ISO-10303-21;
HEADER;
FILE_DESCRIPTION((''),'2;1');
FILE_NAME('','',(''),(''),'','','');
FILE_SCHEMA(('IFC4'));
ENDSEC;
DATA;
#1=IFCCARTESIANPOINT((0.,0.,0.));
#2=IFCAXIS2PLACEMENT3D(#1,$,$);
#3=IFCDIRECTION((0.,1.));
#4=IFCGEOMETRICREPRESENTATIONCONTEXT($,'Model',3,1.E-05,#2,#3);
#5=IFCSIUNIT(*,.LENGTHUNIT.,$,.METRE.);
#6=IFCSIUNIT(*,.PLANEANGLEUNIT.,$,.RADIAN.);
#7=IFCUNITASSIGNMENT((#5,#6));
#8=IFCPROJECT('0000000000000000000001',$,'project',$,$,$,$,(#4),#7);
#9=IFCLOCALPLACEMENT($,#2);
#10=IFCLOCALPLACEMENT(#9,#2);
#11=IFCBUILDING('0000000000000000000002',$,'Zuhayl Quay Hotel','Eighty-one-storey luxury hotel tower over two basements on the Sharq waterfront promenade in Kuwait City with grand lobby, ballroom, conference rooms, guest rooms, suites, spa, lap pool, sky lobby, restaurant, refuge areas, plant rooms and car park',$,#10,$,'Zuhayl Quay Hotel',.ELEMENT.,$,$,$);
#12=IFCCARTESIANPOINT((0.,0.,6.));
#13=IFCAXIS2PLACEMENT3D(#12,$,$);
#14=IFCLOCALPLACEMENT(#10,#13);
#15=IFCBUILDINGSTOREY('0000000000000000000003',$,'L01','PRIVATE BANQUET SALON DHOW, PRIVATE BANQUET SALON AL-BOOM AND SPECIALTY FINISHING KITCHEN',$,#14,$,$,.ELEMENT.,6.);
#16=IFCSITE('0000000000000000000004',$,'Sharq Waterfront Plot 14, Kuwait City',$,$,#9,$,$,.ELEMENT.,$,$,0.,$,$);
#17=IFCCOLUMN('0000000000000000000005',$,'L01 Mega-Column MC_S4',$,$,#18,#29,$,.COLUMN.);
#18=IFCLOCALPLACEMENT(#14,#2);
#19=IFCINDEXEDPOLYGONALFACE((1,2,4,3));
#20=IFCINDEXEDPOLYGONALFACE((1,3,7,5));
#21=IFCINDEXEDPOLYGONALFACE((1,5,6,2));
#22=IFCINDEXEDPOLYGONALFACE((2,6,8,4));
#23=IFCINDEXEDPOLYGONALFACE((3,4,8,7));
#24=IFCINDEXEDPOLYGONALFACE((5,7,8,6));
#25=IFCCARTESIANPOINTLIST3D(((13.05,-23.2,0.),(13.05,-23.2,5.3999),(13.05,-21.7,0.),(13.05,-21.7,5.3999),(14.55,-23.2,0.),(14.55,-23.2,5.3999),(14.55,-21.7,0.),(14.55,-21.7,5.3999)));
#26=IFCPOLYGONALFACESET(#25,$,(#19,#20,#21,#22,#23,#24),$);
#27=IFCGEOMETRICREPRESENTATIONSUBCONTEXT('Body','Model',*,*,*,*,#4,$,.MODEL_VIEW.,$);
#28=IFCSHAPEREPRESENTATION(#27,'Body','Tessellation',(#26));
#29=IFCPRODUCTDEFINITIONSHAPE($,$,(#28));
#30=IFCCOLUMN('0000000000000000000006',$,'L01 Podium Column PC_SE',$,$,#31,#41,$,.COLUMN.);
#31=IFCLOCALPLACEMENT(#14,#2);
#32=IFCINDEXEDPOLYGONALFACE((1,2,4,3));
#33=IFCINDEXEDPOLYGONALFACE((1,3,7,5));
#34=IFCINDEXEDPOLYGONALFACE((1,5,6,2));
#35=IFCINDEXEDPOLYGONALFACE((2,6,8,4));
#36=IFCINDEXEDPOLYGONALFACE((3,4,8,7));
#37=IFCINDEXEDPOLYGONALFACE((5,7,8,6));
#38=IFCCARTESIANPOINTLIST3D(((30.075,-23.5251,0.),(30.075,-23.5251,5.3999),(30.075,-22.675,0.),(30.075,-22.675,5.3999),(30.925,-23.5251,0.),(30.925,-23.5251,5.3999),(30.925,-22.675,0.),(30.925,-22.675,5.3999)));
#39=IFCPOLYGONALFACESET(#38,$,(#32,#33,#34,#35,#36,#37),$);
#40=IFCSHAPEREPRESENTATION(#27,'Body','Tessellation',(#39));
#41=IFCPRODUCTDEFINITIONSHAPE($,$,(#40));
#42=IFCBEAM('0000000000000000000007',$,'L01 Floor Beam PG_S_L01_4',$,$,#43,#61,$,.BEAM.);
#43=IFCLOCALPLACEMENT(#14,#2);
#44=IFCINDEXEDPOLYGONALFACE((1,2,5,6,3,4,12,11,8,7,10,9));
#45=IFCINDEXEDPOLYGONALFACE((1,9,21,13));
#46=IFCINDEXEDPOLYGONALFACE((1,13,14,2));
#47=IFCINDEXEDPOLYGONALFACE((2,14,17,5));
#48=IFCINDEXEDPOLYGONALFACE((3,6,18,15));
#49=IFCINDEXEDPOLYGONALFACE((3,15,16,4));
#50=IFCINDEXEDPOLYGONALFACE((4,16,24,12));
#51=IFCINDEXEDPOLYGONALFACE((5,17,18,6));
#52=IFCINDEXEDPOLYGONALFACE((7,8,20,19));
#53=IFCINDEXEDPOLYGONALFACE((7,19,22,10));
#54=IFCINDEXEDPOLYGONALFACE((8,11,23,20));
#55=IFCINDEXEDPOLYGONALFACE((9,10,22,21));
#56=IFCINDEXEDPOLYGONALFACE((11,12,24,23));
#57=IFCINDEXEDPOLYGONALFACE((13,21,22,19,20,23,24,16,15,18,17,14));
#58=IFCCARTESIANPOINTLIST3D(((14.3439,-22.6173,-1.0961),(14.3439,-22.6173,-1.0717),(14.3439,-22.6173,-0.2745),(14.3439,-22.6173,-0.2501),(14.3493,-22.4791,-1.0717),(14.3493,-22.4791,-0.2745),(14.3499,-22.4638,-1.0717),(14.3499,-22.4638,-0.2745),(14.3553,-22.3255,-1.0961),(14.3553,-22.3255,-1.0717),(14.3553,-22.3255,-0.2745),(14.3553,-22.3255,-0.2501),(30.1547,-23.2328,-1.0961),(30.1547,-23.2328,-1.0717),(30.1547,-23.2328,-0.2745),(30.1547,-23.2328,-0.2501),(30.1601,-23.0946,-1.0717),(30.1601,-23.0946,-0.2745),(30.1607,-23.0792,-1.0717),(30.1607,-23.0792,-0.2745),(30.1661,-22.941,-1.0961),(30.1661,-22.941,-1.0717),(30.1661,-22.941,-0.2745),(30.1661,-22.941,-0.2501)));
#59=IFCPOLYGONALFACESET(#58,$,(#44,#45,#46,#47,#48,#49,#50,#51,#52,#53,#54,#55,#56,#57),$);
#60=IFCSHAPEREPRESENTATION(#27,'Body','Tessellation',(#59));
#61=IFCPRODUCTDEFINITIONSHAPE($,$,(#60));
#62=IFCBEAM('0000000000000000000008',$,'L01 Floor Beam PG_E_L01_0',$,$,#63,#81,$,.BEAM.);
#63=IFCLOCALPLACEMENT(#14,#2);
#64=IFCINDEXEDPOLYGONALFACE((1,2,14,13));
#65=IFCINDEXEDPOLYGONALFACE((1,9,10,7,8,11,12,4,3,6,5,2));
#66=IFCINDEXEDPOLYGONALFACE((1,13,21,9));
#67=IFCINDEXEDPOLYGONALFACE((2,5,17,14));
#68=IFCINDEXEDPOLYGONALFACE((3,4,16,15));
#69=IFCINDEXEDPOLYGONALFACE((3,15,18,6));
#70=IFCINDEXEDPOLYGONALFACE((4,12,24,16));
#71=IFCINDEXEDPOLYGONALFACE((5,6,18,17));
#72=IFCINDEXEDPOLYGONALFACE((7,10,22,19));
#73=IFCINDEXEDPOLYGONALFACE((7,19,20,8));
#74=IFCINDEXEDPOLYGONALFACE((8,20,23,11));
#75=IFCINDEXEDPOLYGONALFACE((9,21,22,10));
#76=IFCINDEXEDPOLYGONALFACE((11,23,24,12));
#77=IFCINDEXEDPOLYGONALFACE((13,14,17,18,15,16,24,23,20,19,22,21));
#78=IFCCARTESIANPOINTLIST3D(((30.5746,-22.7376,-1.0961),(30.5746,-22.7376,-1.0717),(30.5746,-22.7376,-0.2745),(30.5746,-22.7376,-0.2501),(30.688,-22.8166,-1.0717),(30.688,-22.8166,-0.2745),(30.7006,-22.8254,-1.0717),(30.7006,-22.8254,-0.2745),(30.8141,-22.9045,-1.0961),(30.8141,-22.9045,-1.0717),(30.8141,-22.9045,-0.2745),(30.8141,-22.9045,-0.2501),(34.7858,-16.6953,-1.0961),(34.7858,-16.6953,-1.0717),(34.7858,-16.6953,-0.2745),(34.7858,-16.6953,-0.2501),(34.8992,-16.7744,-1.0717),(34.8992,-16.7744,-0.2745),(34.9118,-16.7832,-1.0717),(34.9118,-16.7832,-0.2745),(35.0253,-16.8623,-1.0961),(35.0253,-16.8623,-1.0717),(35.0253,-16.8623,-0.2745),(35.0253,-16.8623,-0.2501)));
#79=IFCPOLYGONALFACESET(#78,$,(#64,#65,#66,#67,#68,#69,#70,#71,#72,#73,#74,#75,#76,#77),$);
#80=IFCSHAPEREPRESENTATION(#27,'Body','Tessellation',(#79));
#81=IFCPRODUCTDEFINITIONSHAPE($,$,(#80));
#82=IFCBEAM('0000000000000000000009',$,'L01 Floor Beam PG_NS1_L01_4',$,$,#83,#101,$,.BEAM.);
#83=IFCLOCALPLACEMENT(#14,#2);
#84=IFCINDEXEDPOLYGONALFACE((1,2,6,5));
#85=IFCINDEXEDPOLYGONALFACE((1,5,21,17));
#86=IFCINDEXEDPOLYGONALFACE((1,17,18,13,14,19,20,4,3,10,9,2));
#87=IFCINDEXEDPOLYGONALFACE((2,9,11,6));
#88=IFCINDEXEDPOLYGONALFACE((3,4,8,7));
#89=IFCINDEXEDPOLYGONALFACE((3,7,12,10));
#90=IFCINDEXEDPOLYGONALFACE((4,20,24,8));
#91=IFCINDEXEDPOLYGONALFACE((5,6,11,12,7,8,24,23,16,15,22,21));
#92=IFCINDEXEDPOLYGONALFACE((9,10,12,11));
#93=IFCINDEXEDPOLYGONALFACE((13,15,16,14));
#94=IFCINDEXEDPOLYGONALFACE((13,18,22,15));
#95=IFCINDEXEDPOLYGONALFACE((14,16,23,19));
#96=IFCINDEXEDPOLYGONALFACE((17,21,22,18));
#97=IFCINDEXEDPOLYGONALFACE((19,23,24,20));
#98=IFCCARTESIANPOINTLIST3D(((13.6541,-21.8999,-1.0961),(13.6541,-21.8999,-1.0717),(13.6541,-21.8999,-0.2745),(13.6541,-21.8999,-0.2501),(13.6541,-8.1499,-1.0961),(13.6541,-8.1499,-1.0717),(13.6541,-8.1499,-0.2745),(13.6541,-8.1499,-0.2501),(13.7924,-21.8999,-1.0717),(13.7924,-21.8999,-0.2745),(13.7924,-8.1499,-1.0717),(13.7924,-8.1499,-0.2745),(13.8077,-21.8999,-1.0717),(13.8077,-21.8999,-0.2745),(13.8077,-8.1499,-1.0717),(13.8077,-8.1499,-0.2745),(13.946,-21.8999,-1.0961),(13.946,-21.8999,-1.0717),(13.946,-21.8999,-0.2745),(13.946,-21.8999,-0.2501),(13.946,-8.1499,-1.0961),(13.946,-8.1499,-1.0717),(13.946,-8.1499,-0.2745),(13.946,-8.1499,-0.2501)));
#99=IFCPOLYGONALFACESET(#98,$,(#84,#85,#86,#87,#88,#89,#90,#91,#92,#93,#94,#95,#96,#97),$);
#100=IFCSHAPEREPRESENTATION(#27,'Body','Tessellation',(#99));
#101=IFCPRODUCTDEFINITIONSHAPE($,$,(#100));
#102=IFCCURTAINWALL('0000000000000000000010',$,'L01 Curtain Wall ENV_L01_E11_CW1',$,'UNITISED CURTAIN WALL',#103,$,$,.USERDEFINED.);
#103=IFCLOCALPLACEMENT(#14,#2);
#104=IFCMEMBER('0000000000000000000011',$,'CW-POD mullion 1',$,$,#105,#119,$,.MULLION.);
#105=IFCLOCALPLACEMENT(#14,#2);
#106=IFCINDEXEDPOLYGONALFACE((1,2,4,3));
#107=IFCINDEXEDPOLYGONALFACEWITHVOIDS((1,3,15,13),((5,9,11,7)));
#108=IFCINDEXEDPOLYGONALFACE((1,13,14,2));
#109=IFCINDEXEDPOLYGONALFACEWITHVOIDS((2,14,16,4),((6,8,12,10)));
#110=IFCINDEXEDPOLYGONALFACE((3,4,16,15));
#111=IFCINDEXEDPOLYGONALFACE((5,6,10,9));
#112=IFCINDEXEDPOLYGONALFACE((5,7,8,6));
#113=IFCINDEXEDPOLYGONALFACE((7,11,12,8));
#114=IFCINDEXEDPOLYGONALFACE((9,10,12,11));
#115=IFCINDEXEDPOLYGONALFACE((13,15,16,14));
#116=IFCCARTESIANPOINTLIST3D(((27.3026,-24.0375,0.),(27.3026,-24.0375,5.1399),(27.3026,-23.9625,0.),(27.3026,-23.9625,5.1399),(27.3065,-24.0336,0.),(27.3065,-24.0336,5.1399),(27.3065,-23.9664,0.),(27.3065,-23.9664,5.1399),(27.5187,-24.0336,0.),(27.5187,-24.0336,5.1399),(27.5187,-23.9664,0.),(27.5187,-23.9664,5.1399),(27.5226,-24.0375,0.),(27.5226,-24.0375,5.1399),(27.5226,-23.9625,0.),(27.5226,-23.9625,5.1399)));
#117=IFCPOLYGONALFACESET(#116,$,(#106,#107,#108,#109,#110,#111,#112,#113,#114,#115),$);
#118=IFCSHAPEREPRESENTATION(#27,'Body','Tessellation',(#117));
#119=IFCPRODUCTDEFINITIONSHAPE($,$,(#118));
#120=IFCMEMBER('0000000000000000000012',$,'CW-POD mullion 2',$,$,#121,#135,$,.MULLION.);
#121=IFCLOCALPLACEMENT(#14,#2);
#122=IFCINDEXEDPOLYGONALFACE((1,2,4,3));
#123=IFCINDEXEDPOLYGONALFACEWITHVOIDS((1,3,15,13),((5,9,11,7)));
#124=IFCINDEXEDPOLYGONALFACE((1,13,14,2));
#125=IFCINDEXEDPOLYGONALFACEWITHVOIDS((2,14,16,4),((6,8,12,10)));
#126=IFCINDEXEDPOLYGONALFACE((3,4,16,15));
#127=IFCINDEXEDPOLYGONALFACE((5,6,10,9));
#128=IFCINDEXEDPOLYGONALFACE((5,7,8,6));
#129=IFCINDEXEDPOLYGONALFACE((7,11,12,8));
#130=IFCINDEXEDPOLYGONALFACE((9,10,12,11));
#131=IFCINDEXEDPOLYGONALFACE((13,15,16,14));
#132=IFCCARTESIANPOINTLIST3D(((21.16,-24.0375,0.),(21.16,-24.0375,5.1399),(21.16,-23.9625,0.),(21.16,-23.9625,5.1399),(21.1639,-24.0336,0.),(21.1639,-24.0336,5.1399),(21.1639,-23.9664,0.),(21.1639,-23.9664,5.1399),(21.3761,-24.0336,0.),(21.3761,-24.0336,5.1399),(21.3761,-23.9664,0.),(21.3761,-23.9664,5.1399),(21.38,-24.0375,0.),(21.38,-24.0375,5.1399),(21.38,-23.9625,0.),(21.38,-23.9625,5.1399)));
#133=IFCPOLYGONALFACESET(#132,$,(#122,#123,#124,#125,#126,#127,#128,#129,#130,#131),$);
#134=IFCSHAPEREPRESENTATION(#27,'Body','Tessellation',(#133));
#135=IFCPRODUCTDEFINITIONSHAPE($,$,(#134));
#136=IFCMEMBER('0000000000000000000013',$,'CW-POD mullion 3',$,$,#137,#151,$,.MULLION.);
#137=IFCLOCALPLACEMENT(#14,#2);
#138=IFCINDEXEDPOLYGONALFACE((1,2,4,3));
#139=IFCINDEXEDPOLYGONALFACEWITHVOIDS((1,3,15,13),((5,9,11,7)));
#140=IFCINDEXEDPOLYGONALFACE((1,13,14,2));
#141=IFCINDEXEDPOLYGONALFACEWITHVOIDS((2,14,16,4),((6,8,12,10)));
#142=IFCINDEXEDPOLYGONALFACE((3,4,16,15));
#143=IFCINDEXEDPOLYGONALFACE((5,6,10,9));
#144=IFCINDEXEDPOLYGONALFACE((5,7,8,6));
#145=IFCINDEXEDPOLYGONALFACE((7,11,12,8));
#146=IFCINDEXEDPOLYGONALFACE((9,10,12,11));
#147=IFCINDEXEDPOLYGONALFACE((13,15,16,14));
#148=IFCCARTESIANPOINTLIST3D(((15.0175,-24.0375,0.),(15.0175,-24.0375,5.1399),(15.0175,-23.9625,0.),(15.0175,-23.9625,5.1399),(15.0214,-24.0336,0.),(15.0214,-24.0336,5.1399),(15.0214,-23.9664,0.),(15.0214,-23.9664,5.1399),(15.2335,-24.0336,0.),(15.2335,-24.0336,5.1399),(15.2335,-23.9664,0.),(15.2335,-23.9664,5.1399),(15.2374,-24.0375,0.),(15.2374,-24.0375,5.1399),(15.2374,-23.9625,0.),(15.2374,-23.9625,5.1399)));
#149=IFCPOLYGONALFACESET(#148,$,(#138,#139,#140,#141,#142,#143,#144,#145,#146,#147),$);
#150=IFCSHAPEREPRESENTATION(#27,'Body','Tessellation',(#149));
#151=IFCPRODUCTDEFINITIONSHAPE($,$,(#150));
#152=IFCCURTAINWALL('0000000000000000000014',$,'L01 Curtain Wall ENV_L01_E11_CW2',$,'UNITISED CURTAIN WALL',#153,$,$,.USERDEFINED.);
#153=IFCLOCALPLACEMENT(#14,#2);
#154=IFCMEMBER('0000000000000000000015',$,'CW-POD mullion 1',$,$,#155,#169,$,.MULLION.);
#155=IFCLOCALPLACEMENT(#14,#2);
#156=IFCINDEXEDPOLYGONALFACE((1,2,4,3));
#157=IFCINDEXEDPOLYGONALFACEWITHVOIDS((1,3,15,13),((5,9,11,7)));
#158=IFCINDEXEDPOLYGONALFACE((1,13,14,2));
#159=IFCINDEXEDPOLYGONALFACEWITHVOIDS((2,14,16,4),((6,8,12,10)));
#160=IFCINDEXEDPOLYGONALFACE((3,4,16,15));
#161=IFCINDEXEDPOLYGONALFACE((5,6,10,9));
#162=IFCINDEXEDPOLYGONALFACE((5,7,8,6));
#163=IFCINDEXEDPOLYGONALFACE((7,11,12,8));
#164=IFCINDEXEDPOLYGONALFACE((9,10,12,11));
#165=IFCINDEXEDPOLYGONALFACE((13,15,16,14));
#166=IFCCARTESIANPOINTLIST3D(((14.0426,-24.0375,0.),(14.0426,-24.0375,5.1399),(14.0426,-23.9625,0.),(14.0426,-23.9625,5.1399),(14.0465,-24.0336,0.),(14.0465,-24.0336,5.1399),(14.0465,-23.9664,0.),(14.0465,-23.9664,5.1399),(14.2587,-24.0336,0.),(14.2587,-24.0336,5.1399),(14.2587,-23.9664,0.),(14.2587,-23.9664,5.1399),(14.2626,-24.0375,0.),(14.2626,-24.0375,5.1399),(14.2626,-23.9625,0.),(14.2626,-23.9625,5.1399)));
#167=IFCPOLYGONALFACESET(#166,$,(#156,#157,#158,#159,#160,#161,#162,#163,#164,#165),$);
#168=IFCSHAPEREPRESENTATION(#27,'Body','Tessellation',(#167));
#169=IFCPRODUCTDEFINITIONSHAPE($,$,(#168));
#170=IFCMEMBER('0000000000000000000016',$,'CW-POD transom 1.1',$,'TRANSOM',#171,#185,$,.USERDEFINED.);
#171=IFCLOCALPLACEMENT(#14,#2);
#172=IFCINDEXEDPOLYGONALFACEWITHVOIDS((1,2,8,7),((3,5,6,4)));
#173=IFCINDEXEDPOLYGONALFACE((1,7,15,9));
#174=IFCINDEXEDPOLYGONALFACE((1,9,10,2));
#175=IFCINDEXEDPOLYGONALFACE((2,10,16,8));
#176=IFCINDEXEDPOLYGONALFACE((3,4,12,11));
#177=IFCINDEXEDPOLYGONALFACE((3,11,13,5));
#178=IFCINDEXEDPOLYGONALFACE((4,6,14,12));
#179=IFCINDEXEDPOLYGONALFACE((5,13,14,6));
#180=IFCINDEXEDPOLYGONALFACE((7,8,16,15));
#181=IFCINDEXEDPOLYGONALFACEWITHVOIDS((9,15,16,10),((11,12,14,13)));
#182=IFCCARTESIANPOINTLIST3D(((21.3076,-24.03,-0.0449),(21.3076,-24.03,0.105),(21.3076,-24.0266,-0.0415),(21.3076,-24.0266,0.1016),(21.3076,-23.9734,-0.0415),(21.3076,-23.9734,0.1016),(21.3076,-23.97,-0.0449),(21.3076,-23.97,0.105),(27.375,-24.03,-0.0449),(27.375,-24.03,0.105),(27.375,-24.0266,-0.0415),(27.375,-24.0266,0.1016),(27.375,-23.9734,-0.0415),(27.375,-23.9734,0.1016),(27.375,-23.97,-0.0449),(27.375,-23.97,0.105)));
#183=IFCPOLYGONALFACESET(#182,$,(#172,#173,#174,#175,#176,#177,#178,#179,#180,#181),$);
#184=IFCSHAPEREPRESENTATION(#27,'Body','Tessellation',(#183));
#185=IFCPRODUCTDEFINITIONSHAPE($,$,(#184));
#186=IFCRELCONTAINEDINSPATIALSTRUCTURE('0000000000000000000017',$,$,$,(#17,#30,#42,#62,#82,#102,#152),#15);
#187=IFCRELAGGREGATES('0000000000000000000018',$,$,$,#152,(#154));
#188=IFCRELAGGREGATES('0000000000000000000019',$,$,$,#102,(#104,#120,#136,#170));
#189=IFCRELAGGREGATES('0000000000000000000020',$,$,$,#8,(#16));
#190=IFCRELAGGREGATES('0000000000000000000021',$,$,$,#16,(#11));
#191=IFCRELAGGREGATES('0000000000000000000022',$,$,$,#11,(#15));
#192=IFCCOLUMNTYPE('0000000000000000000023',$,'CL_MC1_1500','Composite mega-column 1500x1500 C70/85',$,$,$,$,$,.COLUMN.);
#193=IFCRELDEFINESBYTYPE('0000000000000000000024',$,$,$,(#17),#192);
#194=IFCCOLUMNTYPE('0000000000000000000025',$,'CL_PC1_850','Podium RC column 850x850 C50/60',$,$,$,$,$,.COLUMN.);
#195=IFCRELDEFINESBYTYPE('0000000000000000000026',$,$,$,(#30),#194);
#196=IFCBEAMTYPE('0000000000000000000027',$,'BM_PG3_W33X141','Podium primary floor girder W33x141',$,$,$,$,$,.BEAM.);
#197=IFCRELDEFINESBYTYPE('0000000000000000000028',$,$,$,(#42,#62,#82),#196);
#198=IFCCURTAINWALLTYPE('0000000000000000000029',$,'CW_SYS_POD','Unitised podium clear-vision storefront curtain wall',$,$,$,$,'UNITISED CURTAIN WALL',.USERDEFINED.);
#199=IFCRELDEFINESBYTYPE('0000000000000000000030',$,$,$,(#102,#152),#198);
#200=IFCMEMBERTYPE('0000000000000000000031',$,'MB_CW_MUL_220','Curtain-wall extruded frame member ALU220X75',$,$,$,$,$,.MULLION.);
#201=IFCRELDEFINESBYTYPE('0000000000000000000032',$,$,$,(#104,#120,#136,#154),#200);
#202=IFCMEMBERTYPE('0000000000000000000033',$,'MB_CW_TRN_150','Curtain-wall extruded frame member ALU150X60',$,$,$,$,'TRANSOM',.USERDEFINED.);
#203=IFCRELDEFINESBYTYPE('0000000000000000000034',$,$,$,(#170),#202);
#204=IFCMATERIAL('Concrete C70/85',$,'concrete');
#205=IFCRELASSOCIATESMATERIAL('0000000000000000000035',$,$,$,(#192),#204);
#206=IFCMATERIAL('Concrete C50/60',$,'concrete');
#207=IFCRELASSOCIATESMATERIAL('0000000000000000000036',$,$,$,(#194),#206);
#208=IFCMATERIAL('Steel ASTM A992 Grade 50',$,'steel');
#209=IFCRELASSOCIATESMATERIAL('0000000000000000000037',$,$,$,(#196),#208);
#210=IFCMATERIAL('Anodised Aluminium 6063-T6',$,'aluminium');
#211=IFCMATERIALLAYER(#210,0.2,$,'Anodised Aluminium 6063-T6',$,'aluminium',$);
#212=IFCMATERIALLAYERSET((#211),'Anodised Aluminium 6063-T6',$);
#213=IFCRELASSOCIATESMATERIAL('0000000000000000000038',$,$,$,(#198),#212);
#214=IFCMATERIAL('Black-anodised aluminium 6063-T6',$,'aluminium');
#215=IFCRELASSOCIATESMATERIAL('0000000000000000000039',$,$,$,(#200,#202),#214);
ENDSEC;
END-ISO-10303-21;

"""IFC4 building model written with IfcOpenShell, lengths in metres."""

from ifc_helpers import new_model, si_unit, direction, frame, origin, origin_2d, place, context, subcontext, project, spatial, rectangle, hollow_rectangle, i_section, extrude, material, layer, layer_set, material_profile, profile_set, type_object, element, aggregate, save


model = new_model("IFC4")

# Units and contexts
model_context = context("Model", 3, precision=1e-05, world=origin(), true_north=direction((0.0, 1.0)))
body_context = subcontext(model_context, "Body", "Model", "MODEL_VIEW")
ifc_project = project(units=[si_unit("LENGTHUNIT", "METRE"), si_unit("PLANEANGLEUNIT", "RADIAN")], contexts=[model_context])

# Site, building, storey
site_placement = place(None, origin())
site = spatial("IfcSite", under=ifc_project, at=site_placement, Name="Sharq Waterfront Plot 14, Kuwait City", CompositionType="ELEMENT", RefElevation=0.0)
building_placement = place(site_placement, origin())
building = spatial("IfcBuilding", under=site, at=building_placement, Name="Zuhayl Quay Hotel", Description="Eighty-one-storey luxury hotel tower over two basements on the Sharq waterfront promenade in Kuwait City with grand lobby, ballroom, conference rooms, guest rooms, suites, spa, lap pool, sky lobby, restaurant, refuge areas, plant rooms and car park", LongName="Zuhayl Quay Hotel", CompositionType="ELEMENT")
storey_placement = place(building_placement, frame((0.0, 0.0, 6.0)))
storey = spatial("IfcBuildingStorey", under=building, at=storey_placement, Name="L01", Description="PRIVATE BANQUET SALON DHOW, PRIVATE BANQUET SALON AL-BOOM AND SPECIALTY FINISHING KITCHEN", CompositionType="ELEMENT", Elevation=6.0)

# Columns
ifc_material_1 = material(Name="Concrete C70/85", Category="concrete")
ifc_material_profile_1 = material_profile(ifc_material_1, rectangle(XDim=1.5, YDim=1.5, at=origin_2d()), Name="RC1500X1500")
ifc_profile_set_1 = profile_set([ifc_material_profile_1], Name="Concrete C70/85")
column_type_1 = type_object("IfcColumnType", Name="CL_MC1_1500", Description="Composite mega-column 1500x1500 C70/85", PredefinedType="COLUMN", material=ifc_profile_set_1)
column_1_placement = place(storey_placement, frame((13.8, -22.45, 0.0), z_axis=(0.0, 0.0, 1.0), x_axis=(1.0, 0.0, 0.0)))
element("IfcColumn", 1, at=column_1_placement, inside=storey, type_object=column_type_1, Name="L01 Mega-Column MC_S4", PredefinedType="COLUMN", context=body_context, shape_type="SweptSolid", body=[
    extrude(rectangle(XDim=1.5, YDim=1.5, at=origin_2d()), origin(), (0.0, 0.0, 1.0), 5.3999),
])
ifc_material_2 = material(Name="Concrete C50/60", Category="concrete")
ifc_material_profile_2 = material_profile(ifc_material_2, rectangle(XDim=0.8501, YDim=0.8501, at=origin_2d()), Name="RC850X850")
ifc_profile_set_2 = profile_set([ifc_material_profile_2], Name="Concrete C50/60")
column_type_2 = type_object("IfcColumnType", Name="CL_PC1_850", Description="Podium RC column 850x850 C50/60", PredefinedType="COLUMN", material=ifc_profile_set_2)
column_2_placement = place(storey_placement, frame((30.5, -23.1001, 0.0), z_axis=(0.0, 0.0, 1.0), x_axis=(1.0, 0.0, 0.0)))
element("IfcColumn", 2, at=column_2_placement, inside=storey, type_object=column_type_2, Name="L01 Podium Column PC_SE", PredefinedType="COLUMN", context=body_context, shape_type="SweptSolid", body=[
    extrude(rectangle(XDim=0.8501, YDim=0.8501, at=origin_2d()), origin(), (0.0, 0.0, 1.0), 5.3999),
])

# Beams
ifc_material_3 = material(Name="Steel ASTM A992 Grade 50", Category="steel")
ifc_material_profile_3 = material_profile(ifc_material_3, i_section(OverallWidth=0.292, OverallDepth=0.8459, WebThickness=0.0154, FlangeThickness=0.0244, at=origin_2d()), Name="W33X141")
ifc_profile_set_3 = profile_set([ifc_material_profile_3], Name="Steel ASTM A992 Grade 50")
beam_type = type_object("IfcBeamType", Name="BM_PG3_W33X141", Description="Podium primary floor girder W33x141", PredefinedType="BEAM", material=ifc_profile_set_3)
beam_1_placement = place(storey_placement, frame((14.3496, -22.4714, -0.6731), z_axis=(0.999243, -0.038898, 0.0), x_axis=(0.038898, 0.999243, 0.0)))
element("IfcBeam", 3, at=beam_1_placement, inside=storey, type_object=beam_type, Name="L01 Floor Beam PG_S_L01_4", PredefinedType="BEAM", context=body_context, shape_type="SweptSolid", body=[
    extrude(i_section(OverallWidth=0.292, OverallDepth=0.8459, WebThickness=0.0154, FlangeThickness=0.0244, at=origin_2d()), origin(), (0.0, 0.0, 1.0), 15.8228),
])
beam_2_placement = place(storey_placement, frame((30.6943, -22.821, -0.6731), z_axis=(0.571786, 0.820403, 0.0), x_axis=(-0.820403, 0.571786, 0.0)))
element("IfcBeam", 4, at=beam_2_placement, inside=storey, type_object=beam_type, Name="L01 Floor Beam PG_E_L01_0", PredefinedType="BEAM", context=body_context, shape_type="SweptSolid", body=[
    extrude(i_section(OverallWidth=0.292, OverallDepth=0.8459, WebThickness=0.0154, FlangeThickness=0.0244, at=origin_2d()), origin(), (0.0, 0.0, 1.0), 7.365),
])
beam_3_placement = place(storey_placement, frame((13.8, -21.8999, -0.6731), z_axis=(0.0, 1.0, 0.0), x_axis=(-1.0, 0.0, 0.0)))
element("IfcBeam", 5, at=beam_3_placement, inside=storey, type_object=beam_type, Name="L01 Floor Beam PG_NS1_L01_4", PredefinedType="BEAM", context=body_context, shape_type="SweptSolid", body=[
    extrude(i_section(OverallWidth=0.292, OverallDepth=0.8459, WebThickness=0.0154, FlangeThickness=0.0244, at=origin_2d()), origin(), (0.0, 0.0, 1.0), 13.75),
])

# Curtain wall, members
ifc_material_4 = material(Name="Anodised Aluminium 6063-T6", Category="aluminium")
ifc_layer_1 = layer(ifc_material_4, 0.2, Name="Anodised Aluminium 6063-T6", Category="aluminium")
ifc_layer_set_1 = layer_set([ifc_layer_1], Name="Anodised Aluminium 6063-T6")
curtain_wall_type = type_object("IfcCurtainWallType", Name="CW_SYS_POD", Description="Unitised podium clear-vision storefront curtain wall", ElementType="UNITISED CURTAIN WALL", PredefinedType="USERDEFINED", material=ifc_layer_set_1)
curtain_wall_1_placement = place(storey_placement, origin())
curtain_wall_1 = element("IfcCurtainWall", 6, at=curtain_wall_1_placement, inside=storey, type_object=curtain_wall_type, Name="L01 Curtain Wall ENV_L01_E11_CW1", ObjectType="UNITISED CURTAIN WALL", PredefinedType="USERDEFINED")
ifc_material_5 = material(Name="Black-anodised aluminium 6063-T6", Category="aluminium")
ifc_material_profile_4 = material_profile(ifc_material_5, hollow_rectangle(XDim=0.075, YDim=0.22, WallThickness=0.0039, at=origin_2d()), Name="ALU220X75")
ifc_profile_set_4 = profile_set([ifc_material_profile_4], Name="Black-anodised aluminium 6063-T6")
member_type_1 = type_object("IfcMemberType", Name="MB_CW_MUL_220", Description="Curtain-wall extruded frame member ALU220X75", PredefinedType="MULLION", material=ifc_profile_set_4)
member_1_placement = place(storey_placement, frame((27.4126, -24.0, 0.0), z_axis=(0.0, 0.0, 1.0), x_axis=(0.0, -1.0, 0.0)))
member_1 = element("IfcMember", 7, at=member_1_placement, type_object=member_type_1, Name="CW-POD mullion 1", PredefinedType="MULLION", context=body_context, shape_type="SweptSolid", body=[
    extrude(hollow_rectangle(XDim=0.075, YDim=0.22, WallThickness=0.0039, at=origin_2d()), origin(), (0.0, 0.0, 1.0), 5.1399),
])
member_2_placement = place(storey_placement, frame((21.27, -24.0, 0.0), z_axis=(0.0, 0.0, 1.0), x_axis=(0.0, -1.0, 0.0)))
member_2 = element("IfcMember", 8, at=member_2_placement, type_object=member_type_1, Name="CW-POD mullion 2", PredefinedType="MULLION", context=body_context, shape_type="SweptSolid", body=[
    extrude(hollow_rectangle(XDim=0.075, YDim=0.22, WallThickness=0.0039, at=origin_2d()), origin(), (0.0, 0.0, 1.0), 5.1399),
])
member_3_placement = place(storey_placement, frame((15.1274, -24.0, 0.0), z_axis=(0.0, 0.0, 1.0), x_axis=(0.0, -1.0, 0.0)))
member_3 = element("IfcMember", 9, at=member_3_placement, type_object=member_type_1, Name="CW-POD mullion 3", PredefinedType="MULLION", context=body_context, shape_type="SweptSolid", body=[
    extrude(hollow_rectangle(XDim=0.075, YDim=0.22, WallThickness=0.0039, at=origin_2d()), origin(), (0.0, 0.0, 1.0), 5.1399),
])

# Curtain wall, member
curtain_wall_2_placement = place(storey_placement, origin())
curtain_wall_2 = element("IfcCurtainWall", 10, at=curtain_wall_2_placement, inside=storey, type_object=curtain_wall_type, Name="L01 Curtain Wall ENV_L01_E11_CW2", ObjectType="UNITISED CURTAIN WALL", PredefinedType="USERDEFINED")
member_4_placement = place(storey_placement, frame((14.1526, -24.0, 0.0), z_axis=(0.0, 0.0, 1.0), x_axis=(0.0, -1.0, 0.0)))
member_4 = element("IfcMember", 11, at=member_4_placement, type_object=member_type_1, Name="CW-POD mullion 1", PredefinedType="MULLION", context=body_context, shape_type="SweptSolid", body=[
    extrude(hollow_rectangle(XDim=0.075, YDim=0.22, WallThickness=0.0039, at=origin_2d()), origin(), (0.0, 0.0, 1.0), 5.1399),
])

# Member
ifc_material_profile_5 = material_profile(ifc_material_5, hollow_rectangle(XDim=0.0601, YDim=0.1499, WallThickness=0.0034, at=origin_2d()), Name="ALU150X60")
ifc_profile_set_5 = profile_set([ifc_material_profile_5], Name="Black-anodised aluminium 6063-T6")
member_type_2 = type_object("IfcMemberType", Name="MB_CW_TRN_150", Description="Curtain-wall extruded frame member ALU150X60", ElementType="TRANSOM", PredefinedType="USERDEFINED", material=ifc_profile_set_5)
member_5_placement = place(storey_placement, frame((27.375, -24.0, 0.03), z_axis=(-1.0, 0.0, 0.0), x_axis=(0.0, -1.0, 0.0)))
member_5 = element("IfcMember", 12, at=member_5_placement, type_object=member_type_2, Name="CW-POD transom 1.1", ObjectType="TRANSOM", PredefinedType="USERDEFINED", context=body_context, shape_type="SweptSolid", body=[
    extrude(hollow_rectangle(XDim=0.0601, YDim=0.1499, WallThickness=0.0034, at=origin_2d()), origin(), (0.0, 0.0, 1.0), 6.0674),
])
aggregate(curtain_wall_2, [member_4])

aggregate(curtain_wall_1, [member_1, member_2, member_3, member_5])

save(model, "model.ifc")
